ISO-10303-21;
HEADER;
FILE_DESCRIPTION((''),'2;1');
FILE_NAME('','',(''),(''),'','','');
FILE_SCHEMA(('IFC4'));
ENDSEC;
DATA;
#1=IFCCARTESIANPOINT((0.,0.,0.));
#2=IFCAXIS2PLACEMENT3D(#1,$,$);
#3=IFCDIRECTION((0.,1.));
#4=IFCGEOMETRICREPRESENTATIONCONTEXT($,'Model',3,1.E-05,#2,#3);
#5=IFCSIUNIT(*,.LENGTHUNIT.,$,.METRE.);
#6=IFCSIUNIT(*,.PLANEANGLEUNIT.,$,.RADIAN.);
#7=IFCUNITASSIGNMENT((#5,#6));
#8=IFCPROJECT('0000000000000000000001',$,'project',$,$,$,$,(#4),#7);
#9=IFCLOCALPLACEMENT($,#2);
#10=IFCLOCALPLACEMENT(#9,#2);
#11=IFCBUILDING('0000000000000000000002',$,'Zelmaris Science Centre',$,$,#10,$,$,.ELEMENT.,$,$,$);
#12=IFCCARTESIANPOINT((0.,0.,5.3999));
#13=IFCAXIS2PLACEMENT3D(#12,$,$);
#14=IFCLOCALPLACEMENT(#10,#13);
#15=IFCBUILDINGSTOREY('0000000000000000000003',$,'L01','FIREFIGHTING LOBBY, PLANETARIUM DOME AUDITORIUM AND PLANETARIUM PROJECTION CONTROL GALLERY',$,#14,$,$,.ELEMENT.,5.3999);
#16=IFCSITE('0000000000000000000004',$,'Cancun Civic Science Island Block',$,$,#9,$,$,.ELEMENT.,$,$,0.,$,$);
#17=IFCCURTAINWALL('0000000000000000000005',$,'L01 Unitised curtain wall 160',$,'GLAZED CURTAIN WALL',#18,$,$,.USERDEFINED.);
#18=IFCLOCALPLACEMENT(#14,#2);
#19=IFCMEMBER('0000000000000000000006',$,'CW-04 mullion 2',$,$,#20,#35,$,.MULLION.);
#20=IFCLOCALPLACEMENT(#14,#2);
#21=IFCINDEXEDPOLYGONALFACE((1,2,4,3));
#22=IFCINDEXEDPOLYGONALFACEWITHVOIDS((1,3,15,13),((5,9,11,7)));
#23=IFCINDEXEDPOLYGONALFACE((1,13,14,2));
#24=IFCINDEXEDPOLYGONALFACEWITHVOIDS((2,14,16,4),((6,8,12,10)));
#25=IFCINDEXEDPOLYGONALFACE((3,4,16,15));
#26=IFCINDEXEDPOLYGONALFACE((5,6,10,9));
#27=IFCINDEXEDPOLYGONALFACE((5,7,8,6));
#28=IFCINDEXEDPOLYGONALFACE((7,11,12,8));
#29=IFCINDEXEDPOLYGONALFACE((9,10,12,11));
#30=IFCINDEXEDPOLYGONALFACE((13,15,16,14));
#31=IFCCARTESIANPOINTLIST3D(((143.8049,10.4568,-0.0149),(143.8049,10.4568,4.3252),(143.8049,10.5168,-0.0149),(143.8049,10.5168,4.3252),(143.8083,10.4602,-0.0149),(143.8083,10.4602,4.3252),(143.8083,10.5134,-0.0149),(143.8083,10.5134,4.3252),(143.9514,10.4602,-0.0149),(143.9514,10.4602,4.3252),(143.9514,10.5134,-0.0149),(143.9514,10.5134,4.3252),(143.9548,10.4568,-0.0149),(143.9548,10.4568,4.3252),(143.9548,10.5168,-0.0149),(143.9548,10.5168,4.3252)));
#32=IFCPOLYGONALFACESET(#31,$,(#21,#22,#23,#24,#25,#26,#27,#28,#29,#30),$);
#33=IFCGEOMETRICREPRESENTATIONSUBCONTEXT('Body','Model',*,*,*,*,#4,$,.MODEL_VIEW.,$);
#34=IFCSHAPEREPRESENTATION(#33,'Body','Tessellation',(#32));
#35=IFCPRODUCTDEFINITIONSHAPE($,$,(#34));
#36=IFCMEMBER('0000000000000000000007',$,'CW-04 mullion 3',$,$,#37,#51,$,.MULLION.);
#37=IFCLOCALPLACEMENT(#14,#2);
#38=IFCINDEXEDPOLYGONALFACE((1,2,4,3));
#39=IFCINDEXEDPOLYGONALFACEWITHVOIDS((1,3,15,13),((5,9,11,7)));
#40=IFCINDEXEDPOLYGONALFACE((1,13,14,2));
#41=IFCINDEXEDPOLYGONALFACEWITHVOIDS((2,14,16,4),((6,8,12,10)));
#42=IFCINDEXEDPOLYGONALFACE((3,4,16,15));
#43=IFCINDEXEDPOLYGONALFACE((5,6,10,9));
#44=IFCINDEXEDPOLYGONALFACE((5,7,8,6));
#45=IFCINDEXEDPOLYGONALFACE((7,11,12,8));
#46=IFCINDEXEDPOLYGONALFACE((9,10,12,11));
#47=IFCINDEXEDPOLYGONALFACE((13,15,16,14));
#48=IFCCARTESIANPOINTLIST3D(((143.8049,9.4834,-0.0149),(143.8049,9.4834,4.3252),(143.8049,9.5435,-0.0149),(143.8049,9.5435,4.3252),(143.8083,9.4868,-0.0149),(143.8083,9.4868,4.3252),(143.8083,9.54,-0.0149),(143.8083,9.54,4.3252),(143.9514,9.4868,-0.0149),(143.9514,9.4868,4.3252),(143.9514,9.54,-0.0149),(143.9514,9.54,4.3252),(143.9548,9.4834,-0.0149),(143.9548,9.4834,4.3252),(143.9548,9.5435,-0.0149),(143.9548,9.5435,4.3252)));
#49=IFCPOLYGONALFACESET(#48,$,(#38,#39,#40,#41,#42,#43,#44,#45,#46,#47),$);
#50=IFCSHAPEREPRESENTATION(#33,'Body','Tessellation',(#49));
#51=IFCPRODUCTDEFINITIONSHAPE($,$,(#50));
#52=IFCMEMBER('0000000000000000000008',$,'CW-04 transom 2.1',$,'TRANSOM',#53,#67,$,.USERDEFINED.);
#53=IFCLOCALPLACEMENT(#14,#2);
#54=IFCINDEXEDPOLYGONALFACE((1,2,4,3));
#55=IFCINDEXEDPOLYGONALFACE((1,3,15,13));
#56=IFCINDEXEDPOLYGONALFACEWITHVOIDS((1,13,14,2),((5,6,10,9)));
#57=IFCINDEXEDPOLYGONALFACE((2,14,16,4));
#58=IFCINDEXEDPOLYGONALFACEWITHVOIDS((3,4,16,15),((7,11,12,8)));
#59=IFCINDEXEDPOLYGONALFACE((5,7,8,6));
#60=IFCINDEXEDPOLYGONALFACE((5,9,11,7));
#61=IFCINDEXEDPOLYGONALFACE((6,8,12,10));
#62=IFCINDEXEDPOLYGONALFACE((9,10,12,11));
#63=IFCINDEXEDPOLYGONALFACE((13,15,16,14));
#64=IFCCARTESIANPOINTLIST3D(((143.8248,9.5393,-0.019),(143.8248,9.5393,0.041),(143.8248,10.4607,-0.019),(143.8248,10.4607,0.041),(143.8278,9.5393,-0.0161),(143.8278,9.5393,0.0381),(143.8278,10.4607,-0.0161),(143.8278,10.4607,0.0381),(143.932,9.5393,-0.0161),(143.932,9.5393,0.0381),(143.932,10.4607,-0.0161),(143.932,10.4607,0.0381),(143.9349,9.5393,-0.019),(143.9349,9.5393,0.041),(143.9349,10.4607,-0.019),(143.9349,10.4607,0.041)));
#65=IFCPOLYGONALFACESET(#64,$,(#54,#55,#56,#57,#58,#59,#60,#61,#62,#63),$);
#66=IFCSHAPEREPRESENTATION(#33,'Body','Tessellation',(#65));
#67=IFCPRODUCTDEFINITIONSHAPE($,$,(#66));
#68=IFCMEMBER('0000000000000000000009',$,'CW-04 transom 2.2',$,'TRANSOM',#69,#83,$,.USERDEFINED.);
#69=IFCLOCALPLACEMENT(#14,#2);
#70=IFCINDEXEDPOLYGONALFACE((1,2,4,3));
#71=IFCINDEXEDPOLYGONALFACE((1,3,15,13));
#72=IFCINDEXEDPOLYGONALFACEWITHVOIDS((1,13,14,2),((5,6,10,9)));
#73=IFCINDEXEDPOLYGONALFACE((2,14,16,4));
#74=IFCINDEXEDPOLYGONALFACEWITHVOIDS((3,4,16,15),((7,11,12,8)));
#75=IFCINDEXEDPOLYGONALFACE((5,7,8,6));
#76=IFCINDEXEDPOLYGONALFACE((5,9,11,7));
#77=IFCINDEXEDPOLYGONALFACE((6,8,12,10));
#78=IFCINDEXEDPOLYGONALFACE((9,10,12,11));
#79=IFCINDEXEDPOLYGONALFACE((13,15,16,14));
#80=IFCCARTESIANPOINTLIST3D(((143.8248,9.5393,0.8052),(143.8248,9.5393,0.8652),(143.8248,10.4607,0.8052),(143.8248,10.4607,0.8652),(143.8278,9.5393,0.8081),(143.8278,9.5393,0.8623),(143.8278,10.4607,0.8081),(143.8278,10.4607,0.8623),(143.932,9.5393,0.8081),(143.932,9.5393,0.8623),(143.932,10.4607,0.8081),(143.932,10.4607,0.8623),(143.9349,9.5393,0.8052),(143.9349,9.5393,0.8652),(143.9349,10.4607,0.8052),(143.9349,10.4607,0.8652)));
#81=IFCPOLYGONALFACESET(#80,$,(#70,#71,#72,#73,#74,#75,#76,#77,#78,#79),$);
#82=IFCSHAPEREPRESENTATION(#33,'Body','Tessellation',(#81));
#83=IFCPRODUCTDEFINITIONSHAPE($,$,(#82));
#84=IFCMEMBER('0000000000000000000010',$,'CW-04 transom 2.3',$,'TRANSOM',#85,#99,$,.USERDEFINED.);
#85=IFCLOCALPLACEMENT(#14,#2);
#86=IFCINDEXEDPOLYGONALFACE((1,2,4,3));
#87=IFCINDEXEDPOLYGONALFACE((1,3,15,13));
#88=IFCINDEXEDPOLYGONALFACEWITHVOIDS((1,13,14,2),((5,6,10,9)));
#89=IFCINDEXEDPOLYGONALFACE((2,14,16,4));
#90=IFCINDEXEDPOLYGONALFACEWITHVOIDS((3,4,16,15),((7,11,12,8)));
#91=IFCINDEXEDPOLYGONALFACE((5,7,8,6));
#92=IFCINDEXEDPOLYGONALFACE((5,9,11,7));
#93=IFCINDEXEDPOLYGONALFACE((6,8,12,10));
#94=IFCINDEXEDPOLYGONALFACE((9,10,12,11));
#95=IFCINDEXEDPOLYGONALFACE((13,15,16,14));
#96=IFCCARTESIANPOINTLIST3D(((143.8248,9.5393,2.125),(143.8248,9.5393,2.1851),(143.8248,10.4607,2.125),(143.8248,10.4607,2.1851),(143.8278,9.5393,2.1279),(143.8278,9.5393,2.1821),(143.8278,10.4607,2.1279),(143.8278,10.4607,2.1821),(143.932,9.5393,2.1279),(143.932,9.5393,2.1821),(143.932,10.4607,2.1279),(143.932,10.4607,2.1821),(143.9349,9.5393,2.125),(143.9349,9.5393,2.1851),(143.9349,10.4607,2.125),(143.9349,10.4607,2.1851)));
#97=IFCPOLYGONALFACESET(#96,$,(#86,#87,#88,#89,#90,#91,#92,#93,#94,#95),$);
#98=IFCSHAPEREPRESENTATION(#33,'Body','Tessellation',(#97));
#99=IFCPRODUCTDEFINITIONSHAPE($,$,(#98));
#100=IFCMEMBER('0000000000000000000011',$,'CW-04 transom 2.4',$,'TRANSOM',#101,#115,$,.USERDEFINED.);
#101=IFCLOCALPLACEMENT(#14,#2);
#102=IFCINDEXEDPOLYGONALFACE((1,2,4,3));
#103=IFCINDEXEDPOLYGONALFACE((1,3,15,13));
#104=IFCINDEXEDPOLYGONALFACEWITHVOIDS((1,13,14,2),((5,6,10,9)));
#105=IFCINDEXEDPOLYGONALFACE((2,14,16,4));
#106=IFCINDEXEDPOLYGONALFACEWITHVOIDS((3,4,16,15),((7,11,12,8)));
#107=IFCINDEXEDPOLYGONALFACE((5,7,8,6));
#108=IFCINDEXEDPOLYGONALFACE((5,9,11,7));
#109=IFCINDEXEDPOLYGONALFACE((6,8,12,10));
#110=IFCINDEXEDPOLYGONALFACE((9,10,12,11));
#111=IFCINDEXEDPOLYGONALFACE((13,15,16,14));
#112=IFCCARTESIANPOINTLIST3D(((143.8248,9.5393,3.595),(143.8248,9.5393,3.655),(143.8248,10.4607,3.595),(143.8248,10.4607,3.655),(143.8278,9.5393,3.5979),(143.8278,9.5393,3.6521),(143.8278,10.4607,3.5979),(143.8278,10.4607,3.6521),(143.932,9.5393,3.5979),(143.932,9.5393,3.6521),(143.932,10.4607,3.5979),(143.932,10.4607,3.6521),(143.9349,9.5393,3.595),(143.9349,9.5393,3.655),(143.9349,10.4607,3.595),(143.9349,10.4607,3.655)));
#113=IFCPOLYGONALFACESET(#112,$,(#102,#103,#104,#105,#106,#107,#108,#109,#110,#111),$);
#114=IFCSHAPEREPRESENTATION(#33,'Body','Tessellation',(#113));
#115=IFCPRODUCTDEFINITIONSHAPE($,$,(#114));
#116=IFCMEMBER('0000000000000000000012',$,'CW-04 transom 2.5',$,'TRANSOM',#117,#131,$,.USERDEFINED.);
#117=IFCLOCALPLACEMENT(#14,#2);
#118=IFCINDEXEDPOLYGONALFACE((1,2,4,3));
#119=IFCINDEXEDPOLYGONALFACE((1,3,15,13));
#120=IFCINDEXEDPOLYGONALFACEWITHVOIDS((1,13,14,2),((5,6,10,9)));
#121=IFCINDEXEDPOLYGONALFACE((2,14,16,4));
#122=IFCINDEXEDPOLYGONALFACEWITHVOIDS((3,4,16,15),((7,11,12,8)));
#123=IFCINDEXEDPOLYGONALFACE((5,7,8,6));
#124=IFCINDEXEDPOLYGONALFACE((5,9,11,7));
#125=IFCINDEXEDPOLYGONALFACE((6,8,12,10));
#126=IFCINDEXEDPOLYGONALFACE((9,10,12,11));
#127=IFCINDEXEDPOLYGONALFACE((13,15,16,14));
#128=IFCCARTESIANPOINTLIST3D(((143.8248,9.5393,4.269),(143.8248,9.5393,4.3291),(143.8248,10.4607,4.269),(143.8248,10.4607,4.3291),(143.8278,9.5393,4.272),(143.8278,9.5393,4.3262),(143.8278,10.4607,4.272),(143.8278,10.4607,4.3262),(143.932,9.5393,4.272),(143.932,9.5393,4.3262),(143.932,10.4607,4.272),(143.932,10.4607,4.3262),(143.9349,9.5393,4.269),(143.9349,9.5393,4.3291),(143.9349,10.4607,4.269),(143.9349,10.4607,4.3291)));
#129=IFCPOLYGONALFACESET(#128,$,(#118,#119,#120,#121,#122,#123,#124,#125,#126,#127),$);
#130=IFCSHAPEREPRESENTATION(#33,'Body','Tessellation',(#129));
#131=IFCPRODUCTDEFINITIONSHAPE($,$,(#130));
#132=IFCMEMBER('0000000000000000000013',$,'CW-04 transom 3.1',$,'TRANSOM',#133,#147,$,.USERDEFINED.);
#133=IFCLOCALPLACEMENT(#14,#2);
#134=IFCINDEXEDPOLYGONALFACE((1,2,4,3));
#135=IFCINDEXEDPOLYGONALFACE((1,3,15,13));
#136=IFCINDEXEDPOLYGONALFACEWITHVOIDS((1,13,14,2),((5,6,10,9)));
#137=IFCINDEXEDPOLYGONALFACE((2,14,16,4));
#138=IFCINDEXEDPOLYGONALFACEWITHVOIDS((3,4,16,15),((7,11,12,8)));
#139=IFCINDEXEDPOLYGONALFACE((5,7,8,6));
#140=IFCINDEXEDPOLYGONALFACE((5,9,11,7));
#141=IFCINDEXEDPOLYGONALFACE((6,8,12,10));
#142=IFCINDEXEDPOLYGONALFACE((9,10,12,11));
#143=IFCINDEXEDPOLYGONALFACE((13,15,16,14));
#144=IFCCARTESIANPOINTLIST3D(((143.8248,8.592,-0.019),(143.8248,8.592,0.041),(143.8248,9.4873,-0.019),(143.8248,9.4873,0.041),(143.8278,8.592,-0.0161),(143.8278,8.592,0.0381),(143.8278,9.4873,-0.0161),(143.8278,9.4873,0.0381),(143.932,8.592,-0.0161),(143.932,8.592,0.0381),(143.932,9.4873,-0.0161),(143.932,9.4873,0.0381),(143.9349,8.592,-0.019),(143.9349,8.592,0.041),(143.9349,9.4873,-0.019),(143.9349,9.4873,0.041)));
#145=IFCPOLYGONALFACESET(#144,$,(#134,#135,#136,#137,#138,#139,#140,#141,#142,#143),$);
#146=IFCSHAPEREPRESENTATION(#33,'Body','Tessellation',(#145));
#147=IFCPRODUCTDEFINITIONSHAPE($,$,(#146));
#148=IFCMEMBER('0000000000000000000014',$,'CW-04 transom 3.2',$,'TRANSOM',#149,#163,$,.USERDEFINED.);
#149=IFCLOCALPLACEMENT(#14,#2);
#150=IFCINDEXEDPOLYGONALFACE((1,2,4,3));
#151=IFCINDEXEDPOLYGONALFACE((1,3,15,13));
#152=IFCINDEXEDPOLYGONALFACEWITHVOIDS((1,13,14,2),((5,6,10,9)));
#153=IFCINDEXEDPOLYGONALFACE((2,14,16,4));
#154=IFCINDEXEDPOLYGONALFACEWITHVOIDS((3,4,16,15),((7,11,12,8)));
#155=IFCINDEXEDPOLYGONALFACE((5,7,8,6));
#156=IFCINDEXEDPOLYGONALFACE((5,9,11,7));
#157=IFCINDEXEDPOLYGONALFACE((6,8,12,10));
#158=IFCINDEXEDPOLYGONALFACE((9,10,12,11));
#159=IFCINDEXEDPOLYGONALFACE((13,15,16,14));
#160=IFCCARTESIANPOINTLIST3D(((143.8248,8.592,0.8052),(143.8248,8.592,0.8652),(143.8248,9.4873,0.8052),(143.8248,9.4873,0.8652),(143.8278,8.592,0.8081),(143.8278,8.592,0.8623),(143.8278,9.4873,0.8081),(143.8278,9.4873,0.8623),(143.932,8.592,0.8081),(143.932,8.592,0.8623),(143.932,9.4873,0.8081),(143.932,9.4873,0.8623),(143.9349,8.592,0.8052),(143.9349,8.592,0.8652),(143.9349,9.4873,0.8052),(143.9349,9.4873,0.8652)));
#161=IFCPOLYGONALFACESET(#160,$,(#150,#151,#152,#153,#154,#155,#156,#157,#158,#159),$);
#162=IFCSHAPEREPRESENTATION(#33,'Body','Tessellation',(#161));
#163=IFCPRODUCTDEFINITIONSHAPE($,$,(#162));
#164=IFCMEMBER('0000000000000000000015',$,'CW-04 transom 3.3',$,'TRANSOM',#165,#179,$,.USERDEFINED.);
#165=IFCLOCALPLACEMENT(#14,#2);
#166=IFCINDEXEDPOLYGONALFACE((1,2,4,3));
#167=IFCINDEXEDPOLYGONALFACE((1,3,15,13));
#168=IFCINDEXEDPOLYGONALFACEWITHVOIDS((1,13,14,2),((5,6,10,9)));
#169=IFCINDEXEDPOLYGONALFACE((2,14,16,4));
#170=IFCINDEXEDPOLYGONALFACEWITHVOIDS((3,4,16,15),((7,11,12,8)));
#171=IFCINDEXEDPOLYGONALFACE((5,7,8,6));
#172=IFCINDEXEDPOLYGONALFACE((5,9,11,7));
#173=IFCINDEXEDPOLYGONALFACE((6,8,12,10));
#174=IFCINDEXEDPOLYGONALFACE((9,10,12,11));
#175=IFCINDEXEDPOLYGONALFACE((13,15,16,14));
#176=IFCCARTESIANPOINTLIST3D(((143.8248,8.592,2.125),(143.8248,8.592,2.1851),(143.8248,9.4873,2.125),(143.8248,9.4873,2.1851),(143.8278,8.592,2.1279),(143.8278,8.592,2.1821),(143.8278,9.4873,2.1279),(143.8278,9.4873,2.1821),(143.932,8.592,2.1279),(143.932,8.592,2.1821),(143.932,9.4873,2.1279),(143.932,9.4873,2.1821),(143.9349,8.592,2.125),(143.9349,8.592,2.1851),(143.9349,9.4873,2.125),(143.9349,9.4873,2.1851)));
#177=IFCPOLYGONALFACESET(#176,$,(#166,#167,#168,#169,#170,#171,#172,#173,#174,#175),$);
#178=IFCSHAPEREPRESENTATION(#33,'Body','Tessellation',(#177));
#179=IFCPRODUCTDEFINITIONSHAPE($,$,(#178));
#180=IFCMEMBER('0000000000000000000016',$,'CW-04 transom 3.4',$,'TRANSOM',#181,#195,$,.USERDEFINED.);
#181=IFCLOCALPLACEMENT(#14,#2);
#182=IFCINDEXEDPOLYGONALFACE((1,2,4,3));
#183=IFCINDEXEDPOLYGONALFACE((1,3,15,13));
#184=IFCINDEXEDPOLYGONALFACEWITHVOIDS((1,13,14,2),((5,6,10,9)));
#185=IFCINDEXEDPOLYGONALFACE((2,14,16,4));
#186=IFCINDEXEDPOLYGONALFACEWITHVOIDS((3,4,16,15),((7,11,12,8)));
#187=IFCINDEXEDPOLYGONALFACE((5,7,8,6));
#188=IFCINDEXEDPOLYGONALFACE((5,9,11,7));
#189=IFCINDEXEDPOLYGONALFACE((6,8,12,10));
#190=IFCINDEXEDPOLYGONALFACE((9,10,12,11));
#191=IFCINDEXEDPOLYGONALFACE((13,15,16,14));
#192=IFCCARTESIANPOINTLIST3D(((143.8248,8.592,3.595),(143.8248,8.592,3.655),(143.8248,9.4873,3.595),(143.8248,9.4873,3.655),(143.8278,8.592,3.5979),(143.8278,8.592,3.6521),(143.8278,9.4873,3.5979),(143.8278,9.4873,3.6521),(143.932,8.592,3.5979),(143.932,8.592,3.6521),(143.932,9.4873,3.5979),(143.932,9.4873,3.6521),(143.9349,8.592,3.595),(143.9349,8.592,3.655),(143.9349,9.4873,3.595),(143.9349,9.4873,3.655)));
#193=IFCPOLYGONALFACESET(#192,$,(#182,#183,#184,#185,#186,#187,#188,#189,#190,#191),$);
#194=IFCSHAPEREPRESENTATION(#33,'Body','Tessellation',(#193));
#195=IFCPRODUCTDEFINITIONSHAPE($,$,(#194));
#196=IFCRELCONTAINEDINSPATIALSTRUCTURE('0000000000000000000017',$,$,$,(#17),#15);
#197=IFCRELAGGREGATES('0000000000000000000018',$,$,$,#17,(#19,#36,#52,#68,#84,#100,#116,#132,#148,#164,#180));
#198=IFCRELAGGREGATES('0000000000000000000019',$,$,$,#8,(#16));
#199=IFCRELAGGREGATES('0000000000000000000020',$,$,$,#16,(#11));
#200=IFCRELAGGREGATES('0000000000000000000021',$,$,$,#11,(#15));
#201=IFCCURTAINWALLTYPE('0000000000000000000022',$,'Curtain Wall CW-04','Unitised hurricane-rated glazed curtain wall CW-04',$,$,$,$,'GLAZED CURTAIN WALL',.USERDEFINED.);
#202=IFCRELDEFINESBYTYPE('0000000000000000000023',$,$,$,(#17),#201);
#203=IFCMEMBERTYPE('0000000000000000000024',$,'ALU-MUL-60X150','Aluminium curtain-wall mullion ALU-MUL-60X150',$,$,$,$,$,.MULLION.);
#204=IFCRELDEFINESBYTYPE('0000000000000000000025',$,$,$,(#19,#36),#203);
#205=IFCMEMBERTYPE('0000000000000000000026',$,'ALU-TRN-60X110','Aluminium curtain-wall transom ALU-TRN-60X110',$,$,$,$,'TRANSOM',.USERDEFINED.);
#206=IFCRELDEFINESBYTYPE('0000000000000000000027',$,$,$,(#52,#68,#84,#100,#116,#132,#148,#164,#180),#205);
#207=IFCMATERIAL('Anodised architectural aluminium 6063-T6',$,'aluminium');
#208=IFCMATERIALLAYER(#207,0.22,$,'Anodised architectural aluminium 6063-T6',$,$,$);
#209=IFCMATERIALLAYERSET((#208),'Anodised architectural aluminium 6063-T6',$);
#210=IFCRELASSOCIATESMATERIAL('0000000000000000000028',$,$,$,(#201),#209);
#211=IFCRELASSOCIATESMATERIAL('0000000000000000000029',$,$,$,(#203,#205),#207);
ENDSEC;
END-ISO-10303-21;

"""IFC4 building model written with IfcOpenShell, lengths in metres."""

from ifc_helpers import new_model, si_unit, direction, frame, origin, origin_2d, place, context, subcontext, project, spatial, hollow_rectangle, extrude, material, layer, layer_set, material_profile, profile_set, type_object, element, aggregate, save


model = new_model("IFC4")

# Units and contexts
model_context = context("Model", 3, precision=1e-05, world=origin(), true_north=direction((0.0, 1.0)))
body_context = subcontext(model_context, "Body", "Model", "MODEL_VIEW")
ifc_project = project(units=[si_unit("LENGTHUNIT", "METRE"), si_unit("PLANEANGLEUNIT", "RADIAN")], contexts=[model_context])

# Site, building, storey
site_placement = place(None, origin())
site = spatial("IfcSite", under=ifc_project, at=site_placement, Name="Cancun Civic Science Island Block", CompositionType="ELEMENT", RefElevation=0.0)
building_placement = place(site_placement, origin())
building = spatial("IfcBuilding", under=site, at=building_placement, Name="Zelmaris Science Centre", CompositionType="ELEMENT")
storey_placement = place(building_placement, frame((0.0, 0.0, 5.3999)))
storey = spatial("IfcBuildingStorey", under=building, at=storey_placement, Name="L01", Description="FIREFIGHTING LOBBY, PLANETARIUM DOME AUDITORIUM AND PLANETARIUM PROJECTION CONTROL GALLERY", CompositionType="ELEMENT", Elevation=5.3999)

# Curtain wall, members
ifc_material_1 = material(Name="Anodised architectural aluminium 6063-T6", Category="aluminium")
ifc_layer_1 = layer(ifc_material_1, 0.22, Name="Anodised architectural aluminium 6063-T6")
ifc_layer_set_1 = layer_set([ifc_layer_1], Name="Anodised architectural aluminium 6063-T6")
curtain_wall_type = type_object("IfcCurtainWallType", Name="Curtain Wall CW-04", Description="Unitised hurricane-rated glazed curtain wall CW-04", ElementType="GLAZED CURTAIN WALL", PredefinedType="USERDEFINED", material=ifc_layer_set_1)
curtain_wall_placement = place(storey_placement, origin())
curtain_wall = element("IfcCurtainWall", 1, at=curtain_wall_placement, inside=storey, type_object=curtain_wall_type, Name="L01 Unitised curtain wall 160", ObjectType="GLAZED CURTAIN WALL", PredefinedType="USERDEFINED")
ifc_material_profile_1 = material_profile(ifc_material_1, hollow_rectangle(XDim=0.0601, YDim=0.1499, WallThickness=0.0034, at=origin_2d()), Name="ALU-MUL-60X150")
ifc_profile_set_1 = profile_set([ifc_material_profile_1], Name="Anodised architectural aluminium 6063-T6")
member_type_1 = type_object("IfcMemberType", Name="ALU-MUL-60X150", Description="Aluminium curtain-wall mullion ALU-MUL-60X150", PredefinedType="MULLION", material=ifc_profile_set_1)
member_1_placement = place(storey_placement, frame((143.8799, 10.4868, -0.0149), z_axis=(0.0, 0.0, 1.0), x_axis=(0.0, -1.0, 0.0)))
member_1 = element("IfcMember", 2, at=member_1_placement, type_object=member_type_1, Name="CW-04 mullion 2", PredefinedType="MULLION", context=body_context, shape_type="SweptSolid", body=[
    extrude(hollow_rectangle(XDim=0.0601, YDim=0.1499, WallThickness=0.0034, at=origin_2d()), origin(), (0.0, 0.0, 1.0), 4.3401),
])
member_2_placement = place(storey_placement, frame((143.8799, 9.5134, -0.0149), z_axis=(0.0, 0.0, 1.0), x_axis=(0.0, -1.0, 0.0)))
member_2 = element("IfcMember", 3, at=member_2_placement, type_object=member_type_1, Name="CW-04 mullion 3", PredefinedType="MULLION", context=body_context, shape_type="SweptSolid", body=[
    extrude(hollow_rectangle(XDim=0.0601, YDim=0.1499, WallThickness=0.0034, at=origin_2d()), origin(), (0.0, 0.0, 1.0), 4.3401),
])
ifc_material_profile_2 = material_profile(ifc_material_1, hollow_rectangle(XDim=0.0601, YDim=0.1101, WallThickness=0.0029, at=origin_2d()), Name="ALU-TRN-60X110")
ifc_profile_set_2 = profile_set([ifc_material_profile_2], Name="Anodised architectural aluminium 6063-T6")
member_type_2 = type_object("IfcMemberType", Name="ALU-TRN-60X110", Description="Aluminium curtain-wall transom ALU-TRN-60X110", ElementType="TRANSOM", PredefinedType="USERDEFINED", material=ifc_profile_set_2)
member_3_placement = place(storey_placement, frame((143.8799, 10.4607, 0.011), z_axis=(0.0, -1.0, 0.0), x_axis=(0.0, 0.0, 1.0)))
member_3 = element("IfcMember", 4, at=member_3_placement, type_object=member_type_2, Name="CW-04 transom 2.1", ObjectType="TRANSOM", PredefinedType="USERDEFINED", context=body_context, shape_type="SweptSolid", body=[
    extrude(hollow_rectangle(XDim=0.0601, YDim=0.1101, WallThickness=0.0029, at=origin_2d()), origin(), (0.0, 0.0, 1.0), 0.9214),
])
member_4_placement = place(storey_placement, frame((143.8799, 10.4607, 0.8352), z_axis=(0.0, -1.0, 0.0), x_axis=(0.0, 0.0, 1.0)))
member_4 = element("IfcMember", 5, at=member_4_placement, type_object=member_type_2, Name="CW-04 transom 2.2", ObjectType="TRANSOM", PredefinedType="USERDEFINED", context=body_context, shape_type="SweptSolid", body=[
    extrude(hollow_rectangle(XDim=0.0601, YDim=0.1101, WallThickness=0.0029, at=origin_2d()), origin(), (0.0, 0.0, 1.0), 0.9214),
])
member_5_placement = place(storey_placement, frame((143.8799, 10.4607, 2.155), z_axis=(0.0, -1.0, 0.0), x_axis=(0.0, 0.0, 1.0)))
member_5 = element("IfcMember", 6, at=member_5_placement, type_object=member_type_2, Name="CW-04 transom 2.3", ObjectType="TRANSOM", PredefinedType="USERDEFINED", context=body_context, shape_type="SweptSolid", body=[
    extrude(hollow_rectangle(XDim=0.0601, YDim=0.1101, WallThickness=0.0029, at=origin_2d()), origin(), (0.0, 0.0, 1.0), 0.9214),
])
member_6_placement = place(storey_placement, frame((143.8799, 10.4607, 3.625), z_axis=(0.0, -1.0, 0.0), x_axis=(0.0, 0.0, 1.0)))
member_6 = element("IfcMember", 7, at=member_6_placement, type_object=member_type_2, Name="CW-04 transom 2.4", ObjectType="TRANSOM", PredefinedType="USERDEFINED", context=body_context, shape_type="SweptSolid", body=[
    extrude(hollow_rectangle(XDim=0.0601, YDim=0.1101, WallThickness=0.0029, at=origin_2d()), origin(), (0.0, 0.0, 1.0), 0.9214),
])
member_7_placement = place(storey_placement, frame((143.8799, 10.4607, 4.2991), z_axis=(0.0, -1.0, 0.0), x_axis=(0.0, 0.0, 1.0)))
member_7 = element("IfcMember", 8, at=member_7_placement, type_object=member_type_2, Name="CW-04 transom 2.5", ObjectType="TRANSOM", PredefinedType="USERDEFINED", context=body_context, shape_type="SweptSolid", body=[
    extrude(hollow_rectangle(XDim=0.0601, YDim=0.1101, WallThickness=0.0029, at=origin_2d()), origin(), (0.0, 0.0, 1.0), 0.9214),
])
member_8_placement = place(storey_placement, frame((143.8799, 9.4873, 0.011), z_axis=(0.0, -1.0, 0.0), x_axis=(0.0, 0.0, 1.0)))
member_8 = element("IfcMember", 9, at=member_8_placement, type_object=member_type_2, Name="CW-04 transom 3.1", ObjectType="TRANSOM", PredefinedType="USERDEFINED", context=body_context, shape_type="SweptSolid", body=[
    extrude(hollow_rectangle(XDim=0.0601, YDim=0.1101, WallThickness=0.0029, at=origin_2d()), origin(), (0.0, 0.0, 1.0), 0.8953),
])
member_9_placement = place(storey_placement, frame((143.8799, 9.4873, 0.8352), z_axis=(0.0, -1.0, 0.0), x_axis=(0.0, 0.0, 1.0)))
member_9 = element("IfcMember", 10, at=member_9_placement, type_object=member_type_2, Name="CW-04 transom 3.2", ObjectType="TRANSOM", PredefinedType="USERDEFINED", context=body_context, shape_type="SweptSolid", body=[
    extrude(hollow_rectangle(XDim=0.0601, YDim=0.1101, WallThickness=0.0029, at=origin_2d()), origin(), (0.0, 0.0, 1.0), 0.8953),
])
member_10_placement = place(storey_placement, frame((143.8799, 9.4873, 2.155), z_axis=(0.0, -1.0, 0.0), x_axis=(0.0, 0.0, 1.0)))
member_10 = element("IfcMember", 11, at=member_10_placement, type_object=member_type_2, Name="CW-04 transom 3.3", ObjectType="TRANSOM", PredefinedType="USERDEFINED", context=body_context, shape_type="SweptSolid", body=[
    extrude(hollow_rectangle(XDim=0.0601, YDim=0.1101, WallThickness=0.0029, at=origin_2d()), origin(), (0.0, 0.0, 1.0), 0.8953),
])
member_11_placement = place(storey_placement, frame((143.8799, 9.4873, 3.625), z_axis=(0.0, -1.0, 0.0), x_axis=(0.0, 0.0, 1.0)))
member_11 = element("IfcMember", 12, at=member_11_placement, type_object=member_type_2, Name="CW-04 transom 3.4", ObjectType="TRANSOM", PredefinedType="USERDEFINED", context=body_context, shape_type="SweptSolid", body=[
    extrude(hollow_rectangle(XDim=0.0601, YDim=0.1101, WallThickness=0.0029, at=origin_2d()), origin(), (0.0, 0.0, 1.0), 0.8953),
])

aggregate(curtain_wall, [member_1, member_2, member_3, member_4, member_5, member_6, member_7, member_8, member_9, member_10, member_11])

save(model, "model.ifc")
